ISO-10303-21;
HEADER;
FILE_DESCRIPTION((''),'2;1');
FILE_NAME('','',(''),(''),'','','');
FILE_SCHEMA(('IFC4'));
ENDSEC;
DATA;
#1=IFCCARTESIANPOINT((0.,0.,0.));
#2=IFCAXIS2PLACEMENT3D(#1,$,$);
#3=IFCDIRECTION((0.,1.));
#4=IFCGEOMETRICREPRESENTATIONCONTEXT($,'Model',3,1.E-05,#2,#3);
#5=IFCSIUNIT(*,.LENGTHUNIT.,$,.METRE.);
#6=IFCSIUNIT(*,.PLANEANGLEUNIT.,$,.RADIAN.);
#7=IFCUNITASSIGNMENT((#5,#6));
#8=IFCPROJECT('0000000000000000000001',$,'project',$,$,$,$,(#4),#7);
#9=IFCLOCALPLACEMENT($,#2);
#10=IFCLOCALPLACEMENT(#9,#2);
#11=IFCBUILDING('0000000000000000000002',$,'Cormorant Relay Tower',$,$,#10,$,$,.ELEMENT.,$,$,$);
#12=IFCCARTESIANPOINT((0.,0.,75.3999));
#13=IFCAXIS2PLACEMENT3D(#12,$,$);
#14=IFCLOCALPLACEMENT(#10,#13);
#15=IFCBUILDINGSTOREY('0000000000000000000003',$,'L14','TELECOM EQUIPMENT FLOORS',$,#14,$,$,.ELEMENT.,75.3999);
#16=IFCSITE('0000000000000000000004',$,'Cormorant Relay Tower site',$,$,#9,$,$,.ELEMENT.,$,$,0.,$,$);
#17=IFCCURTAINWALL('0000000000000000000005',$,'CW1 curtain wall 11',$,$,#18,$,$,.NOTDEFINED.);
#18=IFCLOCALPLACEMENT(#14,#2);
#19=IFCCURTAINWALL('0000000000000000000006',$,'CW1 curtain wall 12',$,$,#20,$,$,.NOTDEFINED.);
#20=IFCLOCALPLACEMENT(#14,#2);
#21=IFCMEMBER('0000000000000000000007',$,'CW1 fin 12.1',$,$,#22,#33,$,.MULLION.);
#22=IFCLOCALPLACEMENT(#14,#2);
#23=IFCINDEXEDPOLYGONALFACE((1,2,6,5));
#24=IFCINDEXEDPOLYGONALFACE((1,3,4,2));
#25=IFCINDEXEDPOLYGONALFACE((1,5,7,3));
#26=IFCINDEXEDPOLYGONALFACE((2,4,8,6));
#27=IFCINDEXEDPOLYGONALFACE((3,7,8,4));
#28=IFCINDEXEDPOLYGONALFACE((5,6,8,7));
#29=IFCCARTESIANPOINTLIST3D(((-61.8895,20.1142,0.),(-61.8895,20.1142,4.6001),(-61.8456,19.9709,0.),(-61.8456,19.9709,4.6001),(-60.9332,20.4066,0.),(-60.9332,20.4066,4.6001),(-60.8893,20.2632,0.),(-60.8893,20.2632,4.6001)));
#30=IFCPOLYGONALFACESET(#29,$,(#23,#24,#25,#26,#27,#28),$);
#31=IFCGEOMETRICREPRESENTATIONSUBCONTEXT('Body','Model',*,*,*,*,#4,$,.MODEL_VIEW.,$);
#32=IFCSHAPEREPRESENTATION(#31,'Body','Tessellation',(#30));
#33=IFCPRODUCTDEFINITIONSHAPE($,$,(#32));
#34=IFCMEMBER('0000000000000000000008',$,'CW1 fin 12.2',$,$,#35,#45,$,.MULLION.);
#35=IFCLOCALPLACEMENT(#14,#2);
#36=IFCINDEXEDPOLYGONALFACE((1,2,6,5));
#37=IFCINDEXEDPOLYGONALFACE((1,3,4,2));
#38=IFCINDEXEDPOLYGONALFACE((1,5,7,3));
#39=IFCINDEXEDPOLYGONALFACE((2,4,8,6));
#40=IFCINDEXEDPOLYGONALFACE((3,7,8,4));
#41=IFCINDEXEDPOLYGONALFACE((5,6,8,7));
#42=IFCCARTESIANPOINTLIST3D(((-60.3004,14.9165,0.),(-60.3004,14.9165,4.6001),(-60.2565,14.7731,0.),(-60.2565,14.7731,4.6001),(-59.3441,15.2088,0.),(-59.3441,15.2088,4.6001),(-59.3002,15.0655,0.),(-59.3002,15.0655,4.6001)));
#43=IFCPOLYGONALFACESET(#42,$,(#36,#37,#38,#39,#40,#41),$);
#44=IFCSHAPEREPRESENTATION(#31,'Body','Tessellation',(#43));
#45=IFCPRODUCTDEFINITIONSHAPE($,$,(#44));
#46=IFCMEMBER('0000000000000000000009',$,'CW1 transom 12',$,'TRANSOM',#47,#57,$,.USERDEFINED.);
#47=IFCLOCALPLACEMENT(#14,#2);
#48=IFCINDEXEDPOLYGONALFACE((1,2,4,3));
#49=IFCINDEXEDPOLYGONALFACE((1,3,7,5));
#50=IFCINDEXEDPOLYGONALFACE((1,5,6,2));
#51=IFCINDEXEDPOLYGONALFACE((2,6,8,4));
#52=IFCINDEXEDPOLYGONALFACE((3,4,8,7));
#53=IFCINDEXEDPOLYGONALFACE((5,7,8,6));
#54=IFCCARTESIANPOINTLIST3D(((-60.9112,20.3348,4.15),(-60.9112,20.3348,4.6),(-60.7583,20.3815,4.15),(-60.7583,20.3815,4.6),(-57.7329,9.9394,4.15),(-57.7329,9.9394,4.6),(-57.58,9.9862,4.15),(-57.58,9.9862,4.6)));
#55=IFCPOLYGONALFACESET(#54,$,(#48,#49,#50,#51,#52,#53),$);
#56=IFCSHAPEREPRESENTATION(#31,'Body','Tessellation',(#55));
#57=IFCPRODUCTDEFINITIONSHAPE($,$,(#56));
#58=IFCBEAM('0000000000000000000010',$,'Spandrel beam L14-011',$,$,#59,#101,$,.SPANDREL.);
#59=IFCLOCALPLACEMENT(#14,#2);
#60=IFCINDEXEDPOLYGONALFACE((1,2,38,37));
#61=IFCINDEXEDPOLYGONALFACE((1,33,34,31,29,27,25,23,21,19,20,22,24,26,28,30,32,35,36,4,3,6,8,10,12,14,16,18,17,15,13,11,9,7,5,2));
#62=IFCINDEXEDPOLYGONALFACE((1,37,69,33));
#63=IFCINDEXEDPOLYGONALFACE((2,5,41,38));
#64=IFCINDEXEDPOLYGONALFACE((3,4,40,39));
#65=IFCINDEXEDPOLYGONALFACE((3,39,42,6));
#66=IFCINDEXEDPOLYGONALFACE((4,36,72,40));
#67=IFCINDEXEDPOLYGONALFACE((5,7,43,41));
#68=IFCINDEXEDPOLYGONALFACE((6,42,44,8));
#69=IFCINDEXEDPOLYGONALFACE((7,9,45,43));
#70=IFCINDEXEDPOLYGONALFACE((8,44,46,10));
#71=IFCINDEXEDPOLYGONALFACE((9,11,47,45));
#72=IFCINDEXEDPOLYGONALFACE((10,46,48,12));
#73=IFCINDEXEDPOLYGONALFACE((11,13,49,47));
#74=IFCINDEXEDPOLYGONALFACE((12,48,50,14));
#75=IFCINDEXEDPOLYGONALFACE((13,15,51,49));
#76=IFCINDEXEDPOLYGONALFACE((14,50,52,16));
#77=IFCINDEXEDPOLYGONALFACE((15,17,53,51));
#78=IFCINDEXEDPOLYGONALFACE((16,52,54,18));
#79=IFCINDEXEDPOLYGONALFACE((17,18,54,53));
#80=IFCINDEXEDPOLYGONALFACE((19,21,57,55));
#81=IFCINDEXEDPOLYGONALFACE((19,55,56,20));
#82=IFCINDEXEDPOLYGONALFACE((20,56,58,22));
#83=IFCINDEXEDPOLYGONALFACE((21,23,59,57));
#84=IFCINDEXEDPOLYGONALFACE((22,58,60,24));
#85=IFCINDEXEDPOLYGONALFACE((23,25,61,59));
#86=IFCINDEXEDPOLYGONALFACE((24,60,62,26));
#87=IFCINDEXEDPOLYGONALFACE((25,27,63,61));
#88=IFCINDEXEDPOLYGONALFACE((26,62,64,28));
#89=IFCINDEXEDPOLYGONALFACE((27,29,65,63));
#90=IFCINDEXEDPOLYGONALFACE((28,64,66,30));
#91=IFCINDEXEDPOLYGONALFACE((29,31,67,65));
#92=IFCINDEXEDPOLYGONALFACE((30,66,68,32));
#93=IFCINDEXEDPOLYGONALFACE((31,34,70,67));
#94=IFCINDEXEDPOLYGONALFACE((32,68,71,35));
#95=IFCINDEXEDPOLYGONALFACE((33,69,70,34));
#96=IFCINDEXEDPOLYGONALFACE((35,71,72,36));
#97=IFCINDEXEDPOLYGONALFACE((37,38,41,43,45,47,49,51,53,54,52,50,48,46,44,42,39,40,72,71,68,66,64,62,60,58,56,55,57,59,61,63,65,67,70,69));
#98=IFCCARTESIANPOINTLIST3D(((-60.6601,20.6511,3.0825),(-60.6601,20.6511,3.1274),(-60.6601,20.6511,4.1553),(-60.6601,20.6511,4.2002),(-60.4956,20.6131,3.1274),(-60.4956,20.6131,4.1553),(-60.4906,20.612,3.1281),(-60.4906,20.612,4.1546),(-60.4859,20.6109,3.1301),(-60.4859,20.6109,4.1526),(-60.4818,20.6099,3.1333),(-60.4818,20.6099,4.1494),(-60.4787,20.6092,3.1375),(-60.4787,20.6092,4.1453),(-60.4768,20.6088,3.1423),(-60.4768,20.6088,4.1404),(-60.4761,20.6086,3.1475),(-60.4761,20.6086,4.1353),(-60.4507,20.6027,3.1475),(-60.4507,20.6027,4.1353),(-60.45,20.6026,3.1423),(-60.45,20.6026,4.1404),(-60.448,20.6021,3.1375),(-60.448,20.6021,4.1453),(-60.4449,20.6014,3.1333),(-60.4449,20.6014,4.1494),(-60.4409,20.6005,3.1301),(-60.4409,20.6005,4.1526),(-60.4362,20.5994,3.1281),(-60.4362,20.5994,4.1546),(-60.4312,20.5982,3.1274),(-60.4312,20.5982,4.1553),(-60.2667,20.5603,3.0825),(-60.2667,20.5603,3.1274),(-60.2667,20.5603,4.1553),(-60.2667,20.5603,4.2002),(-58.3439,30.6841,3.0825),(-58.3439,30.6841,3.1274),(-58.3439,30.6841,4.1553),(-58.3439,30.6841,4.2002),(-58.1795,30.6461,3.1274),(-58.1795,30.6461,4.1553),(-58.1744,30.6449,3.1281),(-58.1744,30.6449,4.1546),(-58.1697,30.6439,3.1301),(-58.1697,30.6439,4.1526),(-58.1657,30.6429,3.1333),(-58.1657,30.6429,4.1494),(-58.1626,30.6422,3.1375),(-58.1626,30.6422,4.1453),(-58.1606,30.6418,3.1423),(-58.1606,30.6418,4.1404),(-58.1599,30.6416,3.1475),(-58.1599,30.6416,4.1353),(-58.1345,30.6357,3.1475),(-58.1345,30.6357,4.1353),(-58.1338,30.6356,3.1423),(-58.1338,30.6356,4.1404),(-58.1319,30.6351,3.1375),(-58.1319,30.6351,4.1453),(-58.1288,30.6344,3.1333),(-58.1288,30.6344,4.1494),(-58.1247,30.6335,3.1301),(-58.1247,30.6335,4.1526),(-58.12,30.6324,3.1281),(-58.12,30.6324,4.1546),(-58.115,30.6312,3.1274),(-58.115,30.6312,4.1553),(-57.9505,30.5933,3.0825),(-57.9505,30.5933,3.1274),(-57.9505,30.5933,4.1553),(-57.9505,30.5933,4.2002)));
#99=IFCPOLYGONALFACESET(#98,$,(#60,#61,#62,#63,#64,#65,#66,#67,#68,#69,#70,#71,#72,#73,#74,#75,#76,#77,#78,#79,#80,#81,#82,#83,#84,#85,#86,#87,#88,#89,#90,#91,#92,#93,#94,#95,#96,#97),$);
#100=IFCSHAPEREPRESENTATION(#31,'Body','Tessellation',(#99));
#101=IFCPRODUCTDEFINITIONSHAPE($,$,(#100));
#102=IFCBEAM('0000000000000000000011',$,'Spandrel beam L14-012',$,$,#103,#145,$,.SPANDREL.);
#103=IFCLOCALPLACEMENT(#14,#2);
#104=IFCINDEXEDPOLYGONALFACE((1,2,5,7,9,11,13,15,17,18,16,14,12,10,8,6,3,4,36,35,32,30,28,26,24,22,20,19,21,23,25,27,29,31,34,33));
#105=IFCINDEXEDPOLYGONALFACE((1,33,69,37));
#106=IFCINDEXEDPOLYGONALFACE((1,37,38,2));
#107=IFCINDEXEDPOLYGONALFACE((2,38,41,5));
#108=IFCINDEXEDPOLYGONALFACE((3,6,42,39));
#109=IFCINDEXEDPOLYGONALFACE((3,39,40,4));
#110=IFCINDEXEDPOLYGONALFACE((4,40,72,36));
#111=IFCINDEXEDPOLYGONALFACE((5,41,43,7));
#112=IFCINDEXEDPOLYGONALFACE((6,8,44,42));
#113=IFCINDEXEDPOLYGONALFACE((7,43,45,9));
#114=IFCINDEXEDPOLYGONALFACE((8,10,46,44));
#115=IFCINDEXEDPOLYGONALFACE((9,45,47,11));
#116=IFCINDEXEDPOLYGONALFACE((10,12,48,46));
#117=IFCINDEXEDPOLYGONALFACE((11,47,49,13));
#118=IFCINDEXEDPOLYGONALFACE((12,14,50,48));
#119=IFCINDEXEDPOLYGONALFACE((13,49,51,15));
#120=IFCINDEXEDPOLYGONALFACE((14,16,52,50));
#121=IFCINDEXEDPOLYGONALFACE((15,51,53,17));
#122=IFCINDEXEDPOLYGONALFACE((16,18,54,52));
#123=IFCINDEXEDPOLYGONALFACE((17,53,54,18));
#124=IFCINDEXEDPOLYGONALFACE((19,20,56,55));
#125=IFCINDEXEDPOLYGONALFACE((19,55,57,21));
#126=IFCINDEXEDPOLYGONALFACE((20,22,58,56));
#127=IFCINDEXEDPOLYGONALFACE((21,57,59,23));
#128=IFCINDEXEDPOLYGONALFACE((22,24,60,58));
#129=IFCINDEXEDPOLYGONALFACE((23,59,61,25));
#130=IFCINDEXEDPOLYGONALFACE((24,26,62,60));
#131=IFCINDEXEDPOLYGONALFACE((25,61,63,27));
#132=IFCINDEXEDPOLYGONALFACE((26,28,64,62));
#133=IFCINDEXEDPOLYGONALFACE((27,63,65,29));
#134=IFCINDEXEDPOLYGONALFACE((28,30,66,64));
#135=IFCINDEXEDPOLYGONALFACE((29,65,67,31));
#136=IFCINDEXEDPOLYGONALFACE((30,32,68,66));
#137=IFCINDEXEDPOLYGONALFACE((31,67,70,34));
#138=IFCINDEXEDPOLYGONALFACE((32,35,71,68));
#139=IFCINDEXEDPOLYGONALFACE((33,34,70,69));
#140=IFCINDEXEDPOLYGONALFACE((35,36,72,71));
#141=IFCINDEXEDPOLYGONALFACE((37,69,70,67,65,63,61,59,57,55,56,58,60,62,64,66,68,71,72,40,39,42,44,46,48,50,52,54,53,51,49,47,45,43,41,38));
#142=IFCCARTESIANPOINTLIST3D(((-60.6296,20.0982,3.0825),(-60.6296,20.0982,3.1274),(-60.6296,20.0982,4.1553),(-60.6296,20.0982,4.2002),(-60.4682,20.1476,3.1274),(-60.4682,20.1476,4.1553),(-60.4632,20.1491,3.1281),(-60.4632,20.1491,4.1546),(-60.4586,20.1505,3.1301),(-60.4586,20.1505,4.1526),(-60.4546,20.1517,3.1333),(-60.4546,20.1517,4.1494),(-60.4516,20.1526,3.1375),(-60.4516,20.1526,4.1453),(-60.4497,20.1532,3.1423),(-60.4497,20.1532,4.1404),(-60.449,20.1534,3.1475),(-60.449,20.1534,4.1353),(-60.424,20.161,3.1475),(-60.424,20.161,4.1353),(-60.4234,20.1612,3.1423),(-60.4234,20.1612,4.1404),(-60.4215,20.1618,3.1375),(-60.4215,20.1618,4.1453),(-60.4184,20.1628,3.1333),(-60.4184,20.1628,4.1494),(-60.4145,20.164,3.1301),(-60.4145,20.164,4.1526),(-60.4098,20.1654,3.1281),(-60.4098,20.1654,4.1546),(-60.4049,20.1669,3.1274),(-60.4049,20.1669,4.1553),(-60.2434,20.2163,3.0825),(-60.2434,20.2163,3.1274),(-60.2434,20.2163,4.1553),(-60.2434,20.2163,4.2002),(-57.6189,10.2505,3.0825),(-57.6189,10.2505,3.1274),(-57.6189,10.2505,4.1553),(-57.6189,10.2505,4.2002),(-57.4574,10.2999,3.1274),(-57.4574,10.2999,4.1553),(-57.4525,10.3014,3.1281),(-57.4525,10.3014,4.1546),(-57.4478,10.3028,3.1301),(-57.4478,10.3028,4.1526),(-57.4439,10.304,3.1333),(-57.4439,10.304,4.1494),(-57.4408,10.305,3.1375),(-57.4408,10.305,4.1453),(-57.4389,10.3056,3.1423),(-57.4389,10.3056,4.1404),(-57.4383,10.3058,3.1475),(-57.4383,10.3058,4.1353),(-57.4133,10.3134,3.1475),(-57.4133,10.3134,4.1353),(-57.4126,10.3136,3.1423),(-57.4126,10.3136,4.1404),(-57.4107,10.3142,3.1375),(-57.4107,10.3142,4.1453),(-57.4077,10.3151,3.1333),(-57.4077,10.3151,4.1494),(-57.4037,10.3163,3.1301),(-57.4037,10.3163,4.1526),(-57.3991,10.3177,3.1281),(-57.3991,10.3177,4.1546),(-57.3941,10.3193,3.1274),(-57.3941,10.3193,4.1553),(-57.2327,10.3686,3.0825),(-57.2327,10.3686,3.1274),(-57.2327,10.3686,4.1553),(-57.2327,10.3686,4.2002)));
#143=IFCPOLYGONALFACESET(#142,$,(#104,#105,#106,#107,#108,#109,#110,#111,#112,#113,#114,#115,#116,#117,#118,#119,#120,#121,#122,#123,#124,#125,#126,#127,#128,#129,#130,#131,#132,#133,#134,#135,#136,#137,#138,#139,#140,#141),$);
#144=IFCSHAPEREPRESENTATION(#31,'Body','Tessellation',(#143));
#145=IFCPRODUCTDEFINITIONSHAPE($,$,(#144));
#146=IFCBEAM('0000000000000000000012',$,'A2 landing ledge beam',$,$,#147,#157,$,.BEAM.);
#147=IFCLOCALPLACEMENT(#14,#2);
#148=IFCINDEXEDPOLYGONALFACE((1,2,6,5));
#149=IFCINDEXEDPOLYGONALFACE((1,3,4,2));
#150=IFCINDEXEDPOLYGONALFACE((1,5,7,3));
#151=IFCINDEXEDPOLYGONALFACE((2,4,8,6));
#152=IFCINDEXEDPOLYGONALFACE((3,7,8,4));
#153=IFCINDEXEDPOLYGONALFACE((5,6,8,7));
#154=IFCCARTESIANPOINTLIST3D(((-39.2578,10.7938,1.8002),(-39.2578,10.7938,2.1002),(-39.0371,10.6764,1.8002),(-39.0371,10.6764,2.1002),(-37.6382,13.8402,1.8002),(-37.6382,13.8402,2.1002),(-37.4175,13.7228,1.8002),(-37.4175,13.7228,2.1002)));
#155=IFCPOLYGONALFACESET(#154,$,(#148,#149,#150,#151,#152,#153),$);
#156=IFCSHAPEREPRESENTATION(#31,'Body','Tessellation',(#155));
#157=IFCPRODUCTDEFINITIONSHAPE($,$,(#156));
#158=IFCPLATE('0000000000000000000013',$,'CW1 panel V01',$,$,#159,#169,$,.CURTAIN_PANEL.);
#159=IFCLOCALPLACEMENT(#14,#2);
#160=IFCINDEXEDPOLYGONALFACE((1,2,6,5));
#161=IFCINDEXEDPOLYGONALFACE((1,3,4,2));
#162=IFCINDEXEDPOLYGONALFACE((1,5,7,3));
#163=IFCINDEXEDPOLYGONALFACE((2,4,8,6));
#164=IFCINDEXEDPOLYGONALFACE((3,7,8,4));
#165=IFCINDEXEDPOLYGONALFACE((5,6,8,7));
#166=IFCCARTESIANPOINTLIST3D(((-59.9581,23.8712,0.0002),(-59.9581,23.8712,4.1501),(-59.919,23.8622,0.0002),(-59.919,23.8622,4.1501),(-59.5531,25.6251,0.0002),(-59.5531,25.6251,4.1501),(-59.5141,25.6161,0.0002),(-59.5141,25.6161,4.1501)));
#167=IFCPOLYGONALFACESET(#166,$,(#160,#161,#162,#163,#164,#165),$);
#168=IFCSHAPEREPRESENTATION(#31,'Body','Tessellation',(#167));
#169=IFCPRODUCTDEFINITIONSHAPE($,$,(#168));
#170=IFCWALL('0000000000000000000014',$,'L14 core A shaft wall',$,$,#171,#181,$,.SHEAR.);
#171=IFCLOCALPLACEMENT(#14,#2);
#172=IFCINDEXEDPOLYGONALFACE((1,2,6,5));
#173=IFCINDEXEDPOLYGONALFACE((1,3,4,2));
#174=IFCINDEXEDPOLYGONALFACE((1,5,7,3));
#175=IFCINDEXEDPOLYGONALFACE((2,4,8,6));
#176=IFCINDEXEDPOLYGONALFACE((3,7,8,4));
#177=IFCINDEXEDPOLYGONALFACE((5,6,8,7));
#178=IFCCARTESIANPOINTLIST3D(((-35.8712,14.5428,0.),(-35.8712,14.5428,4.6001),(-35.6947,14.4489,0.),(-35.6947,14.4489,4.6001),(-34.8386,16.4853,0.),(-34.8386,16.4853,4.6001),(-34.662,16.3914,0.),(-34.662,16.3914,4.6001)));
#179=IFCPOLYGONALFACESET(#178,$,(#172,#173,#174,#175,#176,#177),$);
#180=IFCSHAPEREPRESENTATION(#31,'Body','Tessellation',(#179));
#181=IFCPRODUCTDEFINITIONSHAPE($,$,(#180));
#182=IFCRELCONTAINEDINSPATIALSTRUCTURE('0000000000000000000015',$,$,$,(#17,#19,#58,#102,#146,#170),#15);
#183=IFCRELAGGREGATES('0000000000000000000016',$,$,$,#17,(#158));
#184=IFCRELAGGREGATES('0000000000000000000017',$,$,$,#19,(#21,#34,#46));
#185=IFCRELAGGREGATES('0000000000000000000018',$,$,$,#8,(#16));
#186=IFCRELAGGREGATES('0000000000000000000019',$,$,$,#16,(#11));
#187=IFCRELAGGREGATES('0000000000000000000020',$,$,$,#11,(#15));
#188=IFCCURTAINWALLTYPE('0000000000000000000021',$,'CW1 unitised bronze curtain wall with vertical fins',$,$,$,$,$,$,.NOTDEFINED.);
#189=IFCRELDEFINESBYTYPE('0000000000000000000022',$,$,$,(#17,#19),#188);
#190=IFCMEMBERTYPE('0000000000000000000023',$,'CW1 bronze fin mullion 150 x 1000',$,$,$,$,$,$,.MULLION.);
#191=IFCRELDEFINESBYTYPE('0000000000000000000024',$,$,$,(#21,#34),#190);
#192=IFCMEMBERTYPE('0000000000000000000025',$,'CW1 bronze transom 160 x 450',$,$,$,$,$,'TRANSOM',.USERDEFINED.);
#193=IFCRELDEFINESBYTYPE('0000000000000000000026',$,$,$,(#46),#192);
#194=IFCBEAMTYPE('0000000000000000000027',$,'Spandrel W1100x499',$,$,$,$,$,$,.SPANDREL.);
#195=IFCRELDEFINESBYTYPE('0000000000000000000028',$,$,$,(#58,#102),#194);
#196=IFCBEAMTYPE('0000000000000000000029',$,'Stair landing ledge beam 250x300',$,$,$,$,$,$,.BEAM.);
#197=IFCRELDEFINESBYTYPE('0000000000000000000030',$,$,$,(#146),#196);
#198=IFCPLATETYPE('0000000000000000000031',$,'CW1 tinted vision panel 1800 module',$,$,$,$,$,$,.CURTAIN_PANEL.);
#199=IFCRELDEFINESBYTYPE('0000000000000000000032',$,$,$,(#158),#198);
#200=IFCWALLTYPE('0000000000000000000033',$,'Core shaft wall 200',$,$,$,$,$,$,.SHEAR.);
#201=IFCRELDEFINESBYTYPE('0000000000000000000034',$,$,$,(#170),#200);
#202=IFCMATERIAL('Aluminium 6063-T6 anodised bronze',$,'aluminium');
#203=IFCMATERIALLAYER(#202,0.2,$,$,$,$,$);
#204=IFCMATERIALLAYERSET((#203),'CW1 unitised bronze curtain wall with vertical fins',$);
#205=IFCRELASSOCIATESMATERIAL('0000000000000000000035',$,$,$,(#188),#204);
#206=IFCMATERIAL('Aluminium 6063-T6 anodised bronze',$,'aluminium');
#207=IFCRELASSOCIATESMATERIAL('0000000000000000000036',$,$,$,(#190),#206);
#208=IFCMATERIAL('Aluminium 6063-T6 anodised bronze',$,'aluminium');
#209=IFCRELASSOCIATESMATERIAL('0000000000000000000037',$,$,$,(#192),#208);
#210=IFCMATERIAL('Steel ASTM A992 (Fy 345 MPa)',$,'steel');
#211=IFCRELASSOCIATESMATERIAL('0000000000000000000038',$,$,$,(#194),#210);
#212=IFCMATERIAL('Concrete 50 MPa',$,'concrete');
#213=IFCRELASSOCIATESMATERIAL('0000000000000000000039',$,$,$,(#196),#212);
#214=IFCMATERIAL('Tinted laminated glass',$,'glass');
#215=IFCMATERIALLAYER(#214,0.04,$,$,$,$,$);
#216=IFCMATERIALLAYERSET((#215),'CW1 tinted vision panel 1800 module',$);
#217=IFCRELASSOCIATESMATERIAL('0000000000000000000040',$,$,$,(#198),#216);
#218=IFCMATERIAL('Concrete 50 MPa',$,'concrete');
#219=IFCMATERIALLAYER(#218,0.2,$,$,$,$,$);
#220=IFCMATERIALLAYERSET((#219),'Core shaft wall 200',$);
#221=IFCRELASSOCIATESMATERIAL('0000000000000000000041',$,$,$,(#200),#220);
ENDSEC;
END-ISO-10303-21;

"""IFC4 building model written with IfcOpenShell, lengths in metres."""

from ifc_helpers import new_model, si_unit, direction, frame, frame_2d, origin, origin_2d, place, context, subcontext, project, spatial, rectangle, i_section, extrude, material, layer, layer_set, material_profile, profile_set, type_object, element, aggregate, save


model = new_model("IFC4")

# Units and contexts
model_context = context("Model", 3, precision=1e-05, world=origin(), true_north=direction((0.0, 1.0)))
body_context = subcontext(model_context, "Body", "Model", "MODEL_VIEW")
ifc_project = project(units=[si_unit("LENGTHUNIT", "METRE"), si_unit("PLANEANGLEUNIT", "RADIAN")], contexts=[model_context])

# Site, building, storey
site_placement = place(None, origin())
site = spatial("IfcSite", under=ifc_project, at=site_placement, Name="Cormorant Relay Tower site", CompositionType="ELEMENT", RefElevation=0.0)
building_placement = place(site_placement, origin())
building = spatial("IfcBuilding", under=site, at=building_placement, Name="Cormorant Relay Tower", CompositionType="ELEMENT")
storey_placement = place(building_placement, frame((0.0, 0.0, 75.3999)))
storey = spatial("IfcBuildingStorey", under=building, at=storey_placement, Name="L14", Description="TELECOM EQUIPMENT FLOORS", CompositionType="ELEMENT", Elevation=75.3999)

# Curtain wall
ifc_material_1 = material(Name="Aluminium 6063-T6 anodised bronze", Category="aluminium")
ifc_layer_1 = layer(ifc_material_1, 0.2)
ifc_layer_set_1 = layer_set([ifc_layer_1], Name="CW1 unitised bronze curtain wall with vertical fins")
curtain_wall_type = type_object("IfcCurtainWallType", Name="CW1 unitised bronze curtain wall with vertical fins", PredefinedType="NOTDEFINED", material=ifc_layer_set_1)
curtain_wall_1_placement = place(storey_placement, origin())
curtain_wall_1 = element("IfcCurtainWall", 1, at=curtain_wall_1_placement, inside=storey, type_object=curtain_wall_type, Name="CW1 curtain wall 11", PredefinedType="NOTDEFINED")
ifc_material_2 = material(Name="Aluminium 6063-T6 anodised bronze", Category="aluminium")
ifc_material_profile_1 = material_profile(ifc_material_2, rectangle(XDim=0.1499, YDim=1.0, at=origin_2d()), Name="AL 150x1000")
ifc_profile_set_1 = profile_set([ifc_material_profile_1], Name="Aluminium 6063-T6 anodised bronze")
member_type_1 = type_object("IfcMemberType", Name="CW1 bronze fin mullion 150 x 1000", PredefinedType="MULLION", material=ifc_profile_set_1)

# Curtain wall, members
curtain_wall_2_placement = place(storey_placement, origin())
curtain_wall_2 = element("IfcCurtainWall", 2, at=curtain_wall_2_placement, inside=storey, type_object=curtain_wall_type, Name="CW1 curtain wall 12", PredefinedType="NOTDEFINED")
member_1_placement = place(storey_placement, frame((-61.3894, 20.1887, 0.0), z_axis=(0.0, 0.0, 1.0), x_axis=(0.292372, -0.956305, 0.0)))
member_1 = element("IfcMember", 3, at=member_1_placement, type_object=member_type_1, Name="CW1 fin 12.1", PredefinedType="MULLION", context=body_context, shape_type="SweptSolid", body=[
    extrude(rectangle(XDim=0.1499, YDim=1.0, at=origin_2d()), origin(), (0.0, 0.0, 1.0), 4.6001),
])
member_2_placement = place(storey_placement, frame((-59.8003, 14.991, 0.0), z_axis=(0.0, 0.0, 1.0), x_axis=(0.292372, -0.956305, 0.0)))
member_2 = element("IfcMember", 4, at=member_2_placement, type_object=member_type_1, Name="CW1 fin 12.2", PredefinedType="MULLION", context=body_context, shape_type="SweptSolid", body=[
    extrude(rectangle(XDim=0.1499, YDim=1.0, at=origin_2d()), origin(), (0.0, 0.0, 1.0), 4.6001),
])
ifc_material_3 = material(Name="Aluminium 6063-T6 anodised bronze", Category="aluminium")
ifc_material_profile_2 = material_profile(ifc_material_3, rectangle(XDim=0.1599, YDim=0.45, at=origin_2d()), Name="AL 160x450")
ifc_profile_set_2 = profile_set([ifc_material_profile_2], Name="Aluminium 6063-T6 anodised bronze")
member_type_2 = type_object("IfcMemberType", Name="CW1 bronze transom 160 x 450", ElementType="TRANSOM", PredefinedType="USERDEFINED", material=ifc_profile_set_2)
member_3_placement = place(storey_placement, frame((-60.8347, 20.3582, 4.375), z_axis=(0.292378, -0.956303, 0.0), x_axis=(0.956303, 0.292378, 0.0)))
member_3 = element("IfcMember", 5, at=member_3_placement, type_object=member_type_2, Name="CW1 transom 12", ObjectType="TRANSOM", PredefinedType="USERDEFINED", context=body_context, shape_type="SweptSolid", body=[
    extrude(rectangle(XDim=0.1599, YDim=0.45, at=origin_2d()), origin(), (0.0, 0.0, 1.0), 10.8704),
])

# Beams
ifc_material_4 = material(Name="Steel ASTM A992 (Fy 345 MPa)", Category="steel")
ifc_material_profile_3 = material_profile(ifc_material_4, i_section(OverallWidth=0.4038, OverallDepth=1.1177, WebThickness=0.0261, FlangeThickness=0.0449, FilletRadius=0.02, at=origin_2d()), Name="W1100x499")
ifc_profile_set_3 = profile_set([ifc_material_profile_3], Name="Steel ASTM A992 (Fy 345 MPa)")
beam_type_1 = type_object("IfcBeamType", Name="Spandrel W1100x499", PredefinedType="SPANDREL", material=ifc_profile_set_3)
beam_1_placement = place(storey_placement, frame((-58.1472, 30.6387, 3.6414), z_axis=(-0.224939, -0.974373, 0.0), x_axis=(0.974373, -0.224939, 0.0)))
element("IfcBeam", 6, at=beam_1_placement, inside=storey, type_object=beam_type_1, Name="Spandrel beam L14-011", PredefinedType="SPANDREL", context=body_context, shape_type="SweptSolid", body=[
    extrude(i_section(OverallWidth=0.4038, OverallDepth=1.1177, WebThickness=0.0261, FlangeThickness=0.0449, FilletRadius=0.02, at=origin_2d()), origin(), (0.0, 0.0, 1.0), 10.2969),
])
beam_2_placement = place(storey_placement, frame((-60.4365, 20.1572, 3.6414), z_axis=(0.292373, -0.956304, 0.0), x_axis=(0.956304, 0.292373, 0.0)))
element("IfcBeam", 7, at=beam_2_placement, inside=storey, type_object=beam_type_1, Name="Spandrel beam L14-012", PredefinedType="SPANDREL", context=body_context, shape_type="SweptSolid", body=[
    extrude(i_section(OverallWidth=0.4038, OverallDepth=1.1177, WebThickness=0.0261, FlangeThickness=0.0449, FilletRadius=0.02, at=origin_2d()), origin(), (0.0, 0.0, 1.0), 10.2976),
])
ifc_material_5 = material(Name="Concrete 50 MPa", Category="concrete")
ifc_material_profile_4 = material_profile(ifc_material_5, rectangle(XDim=0.25, YDim=0.3, at=origin_2d()), Name="RC 250x300")
ifc_profile_set_4 = profile_set([ifc_material_profile_4], Name="Concrete 50 MPa")
beam_type_2 = type_object("IfcBeamType", Name="Stair landing ledge beam 250x300", PredefinedType="BEAM", material=ifc_profile_set_4)
beam_3_placement = place(storey_placement, frame((-37.5278, 13.7815, 1.9502), z_axis=(-0.469435, -0.882967, 0.0), x_axis=(0.882967, -0.469435, 0.0)))
element("IfcBeam", 8, at=beam_3_placement, inside=storey, type_object=beam_type_2, Name="A2 landing ledge beam", PredefinedType="BEAM", context=body_context, shape_type="SweptSolid", body=[
    extrude(rectangle(XDim=0.25, YDim=0.3, at=origin_2d()), origin(), (0.0, 0.0, 1.0), 3.4502),
])

# Plate
ifc_material_6 = material(Name="Tinted laminated glass", Category="glass")
ifc_layer_2 = layer(ifc_material_6, 0.04)
ifc_layer_set_2 = layer_set([ifc_layer_2], Name="CW1 tinted vision panel 1800 module")
plate_type = type_object("IfcPlateType", Name="CW1 tinted vision panel 1800 module", PredefinedType="CURTAIN_PANEL", material=ifc_layer_set_2)
plate_placement = place(storey_placement, frame((-59.7361, 24.7437, 0.0002), z_axis=(0.0, 0.0, 1.0), x_axis=(-0.224951, -0.97437, 0.0)))
plate = element("IfcPlate", 9, at=plate_placement, type_object=plate_type, Name="CW1 panel V01", PredefinedType="CURTAIN_PANEL", context=body_context, shape_type="SweptSolid", body=[
    extrude(rectangle(XDim=1.8, YDim=0.04, at=origin_2d()), origin(), (0.0, 0.0, 1.0), 4.1499),
])

# Wall
ifc_material_7 = material(Name="Concrete 50 MPa", Category="concrete")
ifc_layer_3 = layer(ifc_material_7, 0.2)
ifc_layer_set_3 = layer_set([ifc_layer_3], Name="Core shaft wall 200")
wall_type_1 = type_object("IfcWallType", Name="Core shaft wall 200", PredefinedType="SHEAR", material=ifc_layer_set_3)
wall_1_placement = place(storey_placement, frame((-34.7502, 16.4385, 0.0), z_axis=(0.0, 0.0, 1.0), x_axis=(-0.469401, -0.882985, 0.0)))
element("IfcWall", 10, at=wall_1_placement, inside=storey, type_object=wall_type_1, Name="L14 core A shaft wall", PredefinedType="SHEAR", context=body_context, shape_type="SweptSolid", body=[
    extrude(rectangle(XDim=2.2, YDim=0.2, at=frame_2d((1.1001, 0.0))), origin(), (0.0, 0.0, 1.0), 4.6001),
])

aggregate(curtain_wall_1, [plate])
aggregate(curtain_wall_2, [member_1, member_2, member_3])

save(model, "model.ifc")
